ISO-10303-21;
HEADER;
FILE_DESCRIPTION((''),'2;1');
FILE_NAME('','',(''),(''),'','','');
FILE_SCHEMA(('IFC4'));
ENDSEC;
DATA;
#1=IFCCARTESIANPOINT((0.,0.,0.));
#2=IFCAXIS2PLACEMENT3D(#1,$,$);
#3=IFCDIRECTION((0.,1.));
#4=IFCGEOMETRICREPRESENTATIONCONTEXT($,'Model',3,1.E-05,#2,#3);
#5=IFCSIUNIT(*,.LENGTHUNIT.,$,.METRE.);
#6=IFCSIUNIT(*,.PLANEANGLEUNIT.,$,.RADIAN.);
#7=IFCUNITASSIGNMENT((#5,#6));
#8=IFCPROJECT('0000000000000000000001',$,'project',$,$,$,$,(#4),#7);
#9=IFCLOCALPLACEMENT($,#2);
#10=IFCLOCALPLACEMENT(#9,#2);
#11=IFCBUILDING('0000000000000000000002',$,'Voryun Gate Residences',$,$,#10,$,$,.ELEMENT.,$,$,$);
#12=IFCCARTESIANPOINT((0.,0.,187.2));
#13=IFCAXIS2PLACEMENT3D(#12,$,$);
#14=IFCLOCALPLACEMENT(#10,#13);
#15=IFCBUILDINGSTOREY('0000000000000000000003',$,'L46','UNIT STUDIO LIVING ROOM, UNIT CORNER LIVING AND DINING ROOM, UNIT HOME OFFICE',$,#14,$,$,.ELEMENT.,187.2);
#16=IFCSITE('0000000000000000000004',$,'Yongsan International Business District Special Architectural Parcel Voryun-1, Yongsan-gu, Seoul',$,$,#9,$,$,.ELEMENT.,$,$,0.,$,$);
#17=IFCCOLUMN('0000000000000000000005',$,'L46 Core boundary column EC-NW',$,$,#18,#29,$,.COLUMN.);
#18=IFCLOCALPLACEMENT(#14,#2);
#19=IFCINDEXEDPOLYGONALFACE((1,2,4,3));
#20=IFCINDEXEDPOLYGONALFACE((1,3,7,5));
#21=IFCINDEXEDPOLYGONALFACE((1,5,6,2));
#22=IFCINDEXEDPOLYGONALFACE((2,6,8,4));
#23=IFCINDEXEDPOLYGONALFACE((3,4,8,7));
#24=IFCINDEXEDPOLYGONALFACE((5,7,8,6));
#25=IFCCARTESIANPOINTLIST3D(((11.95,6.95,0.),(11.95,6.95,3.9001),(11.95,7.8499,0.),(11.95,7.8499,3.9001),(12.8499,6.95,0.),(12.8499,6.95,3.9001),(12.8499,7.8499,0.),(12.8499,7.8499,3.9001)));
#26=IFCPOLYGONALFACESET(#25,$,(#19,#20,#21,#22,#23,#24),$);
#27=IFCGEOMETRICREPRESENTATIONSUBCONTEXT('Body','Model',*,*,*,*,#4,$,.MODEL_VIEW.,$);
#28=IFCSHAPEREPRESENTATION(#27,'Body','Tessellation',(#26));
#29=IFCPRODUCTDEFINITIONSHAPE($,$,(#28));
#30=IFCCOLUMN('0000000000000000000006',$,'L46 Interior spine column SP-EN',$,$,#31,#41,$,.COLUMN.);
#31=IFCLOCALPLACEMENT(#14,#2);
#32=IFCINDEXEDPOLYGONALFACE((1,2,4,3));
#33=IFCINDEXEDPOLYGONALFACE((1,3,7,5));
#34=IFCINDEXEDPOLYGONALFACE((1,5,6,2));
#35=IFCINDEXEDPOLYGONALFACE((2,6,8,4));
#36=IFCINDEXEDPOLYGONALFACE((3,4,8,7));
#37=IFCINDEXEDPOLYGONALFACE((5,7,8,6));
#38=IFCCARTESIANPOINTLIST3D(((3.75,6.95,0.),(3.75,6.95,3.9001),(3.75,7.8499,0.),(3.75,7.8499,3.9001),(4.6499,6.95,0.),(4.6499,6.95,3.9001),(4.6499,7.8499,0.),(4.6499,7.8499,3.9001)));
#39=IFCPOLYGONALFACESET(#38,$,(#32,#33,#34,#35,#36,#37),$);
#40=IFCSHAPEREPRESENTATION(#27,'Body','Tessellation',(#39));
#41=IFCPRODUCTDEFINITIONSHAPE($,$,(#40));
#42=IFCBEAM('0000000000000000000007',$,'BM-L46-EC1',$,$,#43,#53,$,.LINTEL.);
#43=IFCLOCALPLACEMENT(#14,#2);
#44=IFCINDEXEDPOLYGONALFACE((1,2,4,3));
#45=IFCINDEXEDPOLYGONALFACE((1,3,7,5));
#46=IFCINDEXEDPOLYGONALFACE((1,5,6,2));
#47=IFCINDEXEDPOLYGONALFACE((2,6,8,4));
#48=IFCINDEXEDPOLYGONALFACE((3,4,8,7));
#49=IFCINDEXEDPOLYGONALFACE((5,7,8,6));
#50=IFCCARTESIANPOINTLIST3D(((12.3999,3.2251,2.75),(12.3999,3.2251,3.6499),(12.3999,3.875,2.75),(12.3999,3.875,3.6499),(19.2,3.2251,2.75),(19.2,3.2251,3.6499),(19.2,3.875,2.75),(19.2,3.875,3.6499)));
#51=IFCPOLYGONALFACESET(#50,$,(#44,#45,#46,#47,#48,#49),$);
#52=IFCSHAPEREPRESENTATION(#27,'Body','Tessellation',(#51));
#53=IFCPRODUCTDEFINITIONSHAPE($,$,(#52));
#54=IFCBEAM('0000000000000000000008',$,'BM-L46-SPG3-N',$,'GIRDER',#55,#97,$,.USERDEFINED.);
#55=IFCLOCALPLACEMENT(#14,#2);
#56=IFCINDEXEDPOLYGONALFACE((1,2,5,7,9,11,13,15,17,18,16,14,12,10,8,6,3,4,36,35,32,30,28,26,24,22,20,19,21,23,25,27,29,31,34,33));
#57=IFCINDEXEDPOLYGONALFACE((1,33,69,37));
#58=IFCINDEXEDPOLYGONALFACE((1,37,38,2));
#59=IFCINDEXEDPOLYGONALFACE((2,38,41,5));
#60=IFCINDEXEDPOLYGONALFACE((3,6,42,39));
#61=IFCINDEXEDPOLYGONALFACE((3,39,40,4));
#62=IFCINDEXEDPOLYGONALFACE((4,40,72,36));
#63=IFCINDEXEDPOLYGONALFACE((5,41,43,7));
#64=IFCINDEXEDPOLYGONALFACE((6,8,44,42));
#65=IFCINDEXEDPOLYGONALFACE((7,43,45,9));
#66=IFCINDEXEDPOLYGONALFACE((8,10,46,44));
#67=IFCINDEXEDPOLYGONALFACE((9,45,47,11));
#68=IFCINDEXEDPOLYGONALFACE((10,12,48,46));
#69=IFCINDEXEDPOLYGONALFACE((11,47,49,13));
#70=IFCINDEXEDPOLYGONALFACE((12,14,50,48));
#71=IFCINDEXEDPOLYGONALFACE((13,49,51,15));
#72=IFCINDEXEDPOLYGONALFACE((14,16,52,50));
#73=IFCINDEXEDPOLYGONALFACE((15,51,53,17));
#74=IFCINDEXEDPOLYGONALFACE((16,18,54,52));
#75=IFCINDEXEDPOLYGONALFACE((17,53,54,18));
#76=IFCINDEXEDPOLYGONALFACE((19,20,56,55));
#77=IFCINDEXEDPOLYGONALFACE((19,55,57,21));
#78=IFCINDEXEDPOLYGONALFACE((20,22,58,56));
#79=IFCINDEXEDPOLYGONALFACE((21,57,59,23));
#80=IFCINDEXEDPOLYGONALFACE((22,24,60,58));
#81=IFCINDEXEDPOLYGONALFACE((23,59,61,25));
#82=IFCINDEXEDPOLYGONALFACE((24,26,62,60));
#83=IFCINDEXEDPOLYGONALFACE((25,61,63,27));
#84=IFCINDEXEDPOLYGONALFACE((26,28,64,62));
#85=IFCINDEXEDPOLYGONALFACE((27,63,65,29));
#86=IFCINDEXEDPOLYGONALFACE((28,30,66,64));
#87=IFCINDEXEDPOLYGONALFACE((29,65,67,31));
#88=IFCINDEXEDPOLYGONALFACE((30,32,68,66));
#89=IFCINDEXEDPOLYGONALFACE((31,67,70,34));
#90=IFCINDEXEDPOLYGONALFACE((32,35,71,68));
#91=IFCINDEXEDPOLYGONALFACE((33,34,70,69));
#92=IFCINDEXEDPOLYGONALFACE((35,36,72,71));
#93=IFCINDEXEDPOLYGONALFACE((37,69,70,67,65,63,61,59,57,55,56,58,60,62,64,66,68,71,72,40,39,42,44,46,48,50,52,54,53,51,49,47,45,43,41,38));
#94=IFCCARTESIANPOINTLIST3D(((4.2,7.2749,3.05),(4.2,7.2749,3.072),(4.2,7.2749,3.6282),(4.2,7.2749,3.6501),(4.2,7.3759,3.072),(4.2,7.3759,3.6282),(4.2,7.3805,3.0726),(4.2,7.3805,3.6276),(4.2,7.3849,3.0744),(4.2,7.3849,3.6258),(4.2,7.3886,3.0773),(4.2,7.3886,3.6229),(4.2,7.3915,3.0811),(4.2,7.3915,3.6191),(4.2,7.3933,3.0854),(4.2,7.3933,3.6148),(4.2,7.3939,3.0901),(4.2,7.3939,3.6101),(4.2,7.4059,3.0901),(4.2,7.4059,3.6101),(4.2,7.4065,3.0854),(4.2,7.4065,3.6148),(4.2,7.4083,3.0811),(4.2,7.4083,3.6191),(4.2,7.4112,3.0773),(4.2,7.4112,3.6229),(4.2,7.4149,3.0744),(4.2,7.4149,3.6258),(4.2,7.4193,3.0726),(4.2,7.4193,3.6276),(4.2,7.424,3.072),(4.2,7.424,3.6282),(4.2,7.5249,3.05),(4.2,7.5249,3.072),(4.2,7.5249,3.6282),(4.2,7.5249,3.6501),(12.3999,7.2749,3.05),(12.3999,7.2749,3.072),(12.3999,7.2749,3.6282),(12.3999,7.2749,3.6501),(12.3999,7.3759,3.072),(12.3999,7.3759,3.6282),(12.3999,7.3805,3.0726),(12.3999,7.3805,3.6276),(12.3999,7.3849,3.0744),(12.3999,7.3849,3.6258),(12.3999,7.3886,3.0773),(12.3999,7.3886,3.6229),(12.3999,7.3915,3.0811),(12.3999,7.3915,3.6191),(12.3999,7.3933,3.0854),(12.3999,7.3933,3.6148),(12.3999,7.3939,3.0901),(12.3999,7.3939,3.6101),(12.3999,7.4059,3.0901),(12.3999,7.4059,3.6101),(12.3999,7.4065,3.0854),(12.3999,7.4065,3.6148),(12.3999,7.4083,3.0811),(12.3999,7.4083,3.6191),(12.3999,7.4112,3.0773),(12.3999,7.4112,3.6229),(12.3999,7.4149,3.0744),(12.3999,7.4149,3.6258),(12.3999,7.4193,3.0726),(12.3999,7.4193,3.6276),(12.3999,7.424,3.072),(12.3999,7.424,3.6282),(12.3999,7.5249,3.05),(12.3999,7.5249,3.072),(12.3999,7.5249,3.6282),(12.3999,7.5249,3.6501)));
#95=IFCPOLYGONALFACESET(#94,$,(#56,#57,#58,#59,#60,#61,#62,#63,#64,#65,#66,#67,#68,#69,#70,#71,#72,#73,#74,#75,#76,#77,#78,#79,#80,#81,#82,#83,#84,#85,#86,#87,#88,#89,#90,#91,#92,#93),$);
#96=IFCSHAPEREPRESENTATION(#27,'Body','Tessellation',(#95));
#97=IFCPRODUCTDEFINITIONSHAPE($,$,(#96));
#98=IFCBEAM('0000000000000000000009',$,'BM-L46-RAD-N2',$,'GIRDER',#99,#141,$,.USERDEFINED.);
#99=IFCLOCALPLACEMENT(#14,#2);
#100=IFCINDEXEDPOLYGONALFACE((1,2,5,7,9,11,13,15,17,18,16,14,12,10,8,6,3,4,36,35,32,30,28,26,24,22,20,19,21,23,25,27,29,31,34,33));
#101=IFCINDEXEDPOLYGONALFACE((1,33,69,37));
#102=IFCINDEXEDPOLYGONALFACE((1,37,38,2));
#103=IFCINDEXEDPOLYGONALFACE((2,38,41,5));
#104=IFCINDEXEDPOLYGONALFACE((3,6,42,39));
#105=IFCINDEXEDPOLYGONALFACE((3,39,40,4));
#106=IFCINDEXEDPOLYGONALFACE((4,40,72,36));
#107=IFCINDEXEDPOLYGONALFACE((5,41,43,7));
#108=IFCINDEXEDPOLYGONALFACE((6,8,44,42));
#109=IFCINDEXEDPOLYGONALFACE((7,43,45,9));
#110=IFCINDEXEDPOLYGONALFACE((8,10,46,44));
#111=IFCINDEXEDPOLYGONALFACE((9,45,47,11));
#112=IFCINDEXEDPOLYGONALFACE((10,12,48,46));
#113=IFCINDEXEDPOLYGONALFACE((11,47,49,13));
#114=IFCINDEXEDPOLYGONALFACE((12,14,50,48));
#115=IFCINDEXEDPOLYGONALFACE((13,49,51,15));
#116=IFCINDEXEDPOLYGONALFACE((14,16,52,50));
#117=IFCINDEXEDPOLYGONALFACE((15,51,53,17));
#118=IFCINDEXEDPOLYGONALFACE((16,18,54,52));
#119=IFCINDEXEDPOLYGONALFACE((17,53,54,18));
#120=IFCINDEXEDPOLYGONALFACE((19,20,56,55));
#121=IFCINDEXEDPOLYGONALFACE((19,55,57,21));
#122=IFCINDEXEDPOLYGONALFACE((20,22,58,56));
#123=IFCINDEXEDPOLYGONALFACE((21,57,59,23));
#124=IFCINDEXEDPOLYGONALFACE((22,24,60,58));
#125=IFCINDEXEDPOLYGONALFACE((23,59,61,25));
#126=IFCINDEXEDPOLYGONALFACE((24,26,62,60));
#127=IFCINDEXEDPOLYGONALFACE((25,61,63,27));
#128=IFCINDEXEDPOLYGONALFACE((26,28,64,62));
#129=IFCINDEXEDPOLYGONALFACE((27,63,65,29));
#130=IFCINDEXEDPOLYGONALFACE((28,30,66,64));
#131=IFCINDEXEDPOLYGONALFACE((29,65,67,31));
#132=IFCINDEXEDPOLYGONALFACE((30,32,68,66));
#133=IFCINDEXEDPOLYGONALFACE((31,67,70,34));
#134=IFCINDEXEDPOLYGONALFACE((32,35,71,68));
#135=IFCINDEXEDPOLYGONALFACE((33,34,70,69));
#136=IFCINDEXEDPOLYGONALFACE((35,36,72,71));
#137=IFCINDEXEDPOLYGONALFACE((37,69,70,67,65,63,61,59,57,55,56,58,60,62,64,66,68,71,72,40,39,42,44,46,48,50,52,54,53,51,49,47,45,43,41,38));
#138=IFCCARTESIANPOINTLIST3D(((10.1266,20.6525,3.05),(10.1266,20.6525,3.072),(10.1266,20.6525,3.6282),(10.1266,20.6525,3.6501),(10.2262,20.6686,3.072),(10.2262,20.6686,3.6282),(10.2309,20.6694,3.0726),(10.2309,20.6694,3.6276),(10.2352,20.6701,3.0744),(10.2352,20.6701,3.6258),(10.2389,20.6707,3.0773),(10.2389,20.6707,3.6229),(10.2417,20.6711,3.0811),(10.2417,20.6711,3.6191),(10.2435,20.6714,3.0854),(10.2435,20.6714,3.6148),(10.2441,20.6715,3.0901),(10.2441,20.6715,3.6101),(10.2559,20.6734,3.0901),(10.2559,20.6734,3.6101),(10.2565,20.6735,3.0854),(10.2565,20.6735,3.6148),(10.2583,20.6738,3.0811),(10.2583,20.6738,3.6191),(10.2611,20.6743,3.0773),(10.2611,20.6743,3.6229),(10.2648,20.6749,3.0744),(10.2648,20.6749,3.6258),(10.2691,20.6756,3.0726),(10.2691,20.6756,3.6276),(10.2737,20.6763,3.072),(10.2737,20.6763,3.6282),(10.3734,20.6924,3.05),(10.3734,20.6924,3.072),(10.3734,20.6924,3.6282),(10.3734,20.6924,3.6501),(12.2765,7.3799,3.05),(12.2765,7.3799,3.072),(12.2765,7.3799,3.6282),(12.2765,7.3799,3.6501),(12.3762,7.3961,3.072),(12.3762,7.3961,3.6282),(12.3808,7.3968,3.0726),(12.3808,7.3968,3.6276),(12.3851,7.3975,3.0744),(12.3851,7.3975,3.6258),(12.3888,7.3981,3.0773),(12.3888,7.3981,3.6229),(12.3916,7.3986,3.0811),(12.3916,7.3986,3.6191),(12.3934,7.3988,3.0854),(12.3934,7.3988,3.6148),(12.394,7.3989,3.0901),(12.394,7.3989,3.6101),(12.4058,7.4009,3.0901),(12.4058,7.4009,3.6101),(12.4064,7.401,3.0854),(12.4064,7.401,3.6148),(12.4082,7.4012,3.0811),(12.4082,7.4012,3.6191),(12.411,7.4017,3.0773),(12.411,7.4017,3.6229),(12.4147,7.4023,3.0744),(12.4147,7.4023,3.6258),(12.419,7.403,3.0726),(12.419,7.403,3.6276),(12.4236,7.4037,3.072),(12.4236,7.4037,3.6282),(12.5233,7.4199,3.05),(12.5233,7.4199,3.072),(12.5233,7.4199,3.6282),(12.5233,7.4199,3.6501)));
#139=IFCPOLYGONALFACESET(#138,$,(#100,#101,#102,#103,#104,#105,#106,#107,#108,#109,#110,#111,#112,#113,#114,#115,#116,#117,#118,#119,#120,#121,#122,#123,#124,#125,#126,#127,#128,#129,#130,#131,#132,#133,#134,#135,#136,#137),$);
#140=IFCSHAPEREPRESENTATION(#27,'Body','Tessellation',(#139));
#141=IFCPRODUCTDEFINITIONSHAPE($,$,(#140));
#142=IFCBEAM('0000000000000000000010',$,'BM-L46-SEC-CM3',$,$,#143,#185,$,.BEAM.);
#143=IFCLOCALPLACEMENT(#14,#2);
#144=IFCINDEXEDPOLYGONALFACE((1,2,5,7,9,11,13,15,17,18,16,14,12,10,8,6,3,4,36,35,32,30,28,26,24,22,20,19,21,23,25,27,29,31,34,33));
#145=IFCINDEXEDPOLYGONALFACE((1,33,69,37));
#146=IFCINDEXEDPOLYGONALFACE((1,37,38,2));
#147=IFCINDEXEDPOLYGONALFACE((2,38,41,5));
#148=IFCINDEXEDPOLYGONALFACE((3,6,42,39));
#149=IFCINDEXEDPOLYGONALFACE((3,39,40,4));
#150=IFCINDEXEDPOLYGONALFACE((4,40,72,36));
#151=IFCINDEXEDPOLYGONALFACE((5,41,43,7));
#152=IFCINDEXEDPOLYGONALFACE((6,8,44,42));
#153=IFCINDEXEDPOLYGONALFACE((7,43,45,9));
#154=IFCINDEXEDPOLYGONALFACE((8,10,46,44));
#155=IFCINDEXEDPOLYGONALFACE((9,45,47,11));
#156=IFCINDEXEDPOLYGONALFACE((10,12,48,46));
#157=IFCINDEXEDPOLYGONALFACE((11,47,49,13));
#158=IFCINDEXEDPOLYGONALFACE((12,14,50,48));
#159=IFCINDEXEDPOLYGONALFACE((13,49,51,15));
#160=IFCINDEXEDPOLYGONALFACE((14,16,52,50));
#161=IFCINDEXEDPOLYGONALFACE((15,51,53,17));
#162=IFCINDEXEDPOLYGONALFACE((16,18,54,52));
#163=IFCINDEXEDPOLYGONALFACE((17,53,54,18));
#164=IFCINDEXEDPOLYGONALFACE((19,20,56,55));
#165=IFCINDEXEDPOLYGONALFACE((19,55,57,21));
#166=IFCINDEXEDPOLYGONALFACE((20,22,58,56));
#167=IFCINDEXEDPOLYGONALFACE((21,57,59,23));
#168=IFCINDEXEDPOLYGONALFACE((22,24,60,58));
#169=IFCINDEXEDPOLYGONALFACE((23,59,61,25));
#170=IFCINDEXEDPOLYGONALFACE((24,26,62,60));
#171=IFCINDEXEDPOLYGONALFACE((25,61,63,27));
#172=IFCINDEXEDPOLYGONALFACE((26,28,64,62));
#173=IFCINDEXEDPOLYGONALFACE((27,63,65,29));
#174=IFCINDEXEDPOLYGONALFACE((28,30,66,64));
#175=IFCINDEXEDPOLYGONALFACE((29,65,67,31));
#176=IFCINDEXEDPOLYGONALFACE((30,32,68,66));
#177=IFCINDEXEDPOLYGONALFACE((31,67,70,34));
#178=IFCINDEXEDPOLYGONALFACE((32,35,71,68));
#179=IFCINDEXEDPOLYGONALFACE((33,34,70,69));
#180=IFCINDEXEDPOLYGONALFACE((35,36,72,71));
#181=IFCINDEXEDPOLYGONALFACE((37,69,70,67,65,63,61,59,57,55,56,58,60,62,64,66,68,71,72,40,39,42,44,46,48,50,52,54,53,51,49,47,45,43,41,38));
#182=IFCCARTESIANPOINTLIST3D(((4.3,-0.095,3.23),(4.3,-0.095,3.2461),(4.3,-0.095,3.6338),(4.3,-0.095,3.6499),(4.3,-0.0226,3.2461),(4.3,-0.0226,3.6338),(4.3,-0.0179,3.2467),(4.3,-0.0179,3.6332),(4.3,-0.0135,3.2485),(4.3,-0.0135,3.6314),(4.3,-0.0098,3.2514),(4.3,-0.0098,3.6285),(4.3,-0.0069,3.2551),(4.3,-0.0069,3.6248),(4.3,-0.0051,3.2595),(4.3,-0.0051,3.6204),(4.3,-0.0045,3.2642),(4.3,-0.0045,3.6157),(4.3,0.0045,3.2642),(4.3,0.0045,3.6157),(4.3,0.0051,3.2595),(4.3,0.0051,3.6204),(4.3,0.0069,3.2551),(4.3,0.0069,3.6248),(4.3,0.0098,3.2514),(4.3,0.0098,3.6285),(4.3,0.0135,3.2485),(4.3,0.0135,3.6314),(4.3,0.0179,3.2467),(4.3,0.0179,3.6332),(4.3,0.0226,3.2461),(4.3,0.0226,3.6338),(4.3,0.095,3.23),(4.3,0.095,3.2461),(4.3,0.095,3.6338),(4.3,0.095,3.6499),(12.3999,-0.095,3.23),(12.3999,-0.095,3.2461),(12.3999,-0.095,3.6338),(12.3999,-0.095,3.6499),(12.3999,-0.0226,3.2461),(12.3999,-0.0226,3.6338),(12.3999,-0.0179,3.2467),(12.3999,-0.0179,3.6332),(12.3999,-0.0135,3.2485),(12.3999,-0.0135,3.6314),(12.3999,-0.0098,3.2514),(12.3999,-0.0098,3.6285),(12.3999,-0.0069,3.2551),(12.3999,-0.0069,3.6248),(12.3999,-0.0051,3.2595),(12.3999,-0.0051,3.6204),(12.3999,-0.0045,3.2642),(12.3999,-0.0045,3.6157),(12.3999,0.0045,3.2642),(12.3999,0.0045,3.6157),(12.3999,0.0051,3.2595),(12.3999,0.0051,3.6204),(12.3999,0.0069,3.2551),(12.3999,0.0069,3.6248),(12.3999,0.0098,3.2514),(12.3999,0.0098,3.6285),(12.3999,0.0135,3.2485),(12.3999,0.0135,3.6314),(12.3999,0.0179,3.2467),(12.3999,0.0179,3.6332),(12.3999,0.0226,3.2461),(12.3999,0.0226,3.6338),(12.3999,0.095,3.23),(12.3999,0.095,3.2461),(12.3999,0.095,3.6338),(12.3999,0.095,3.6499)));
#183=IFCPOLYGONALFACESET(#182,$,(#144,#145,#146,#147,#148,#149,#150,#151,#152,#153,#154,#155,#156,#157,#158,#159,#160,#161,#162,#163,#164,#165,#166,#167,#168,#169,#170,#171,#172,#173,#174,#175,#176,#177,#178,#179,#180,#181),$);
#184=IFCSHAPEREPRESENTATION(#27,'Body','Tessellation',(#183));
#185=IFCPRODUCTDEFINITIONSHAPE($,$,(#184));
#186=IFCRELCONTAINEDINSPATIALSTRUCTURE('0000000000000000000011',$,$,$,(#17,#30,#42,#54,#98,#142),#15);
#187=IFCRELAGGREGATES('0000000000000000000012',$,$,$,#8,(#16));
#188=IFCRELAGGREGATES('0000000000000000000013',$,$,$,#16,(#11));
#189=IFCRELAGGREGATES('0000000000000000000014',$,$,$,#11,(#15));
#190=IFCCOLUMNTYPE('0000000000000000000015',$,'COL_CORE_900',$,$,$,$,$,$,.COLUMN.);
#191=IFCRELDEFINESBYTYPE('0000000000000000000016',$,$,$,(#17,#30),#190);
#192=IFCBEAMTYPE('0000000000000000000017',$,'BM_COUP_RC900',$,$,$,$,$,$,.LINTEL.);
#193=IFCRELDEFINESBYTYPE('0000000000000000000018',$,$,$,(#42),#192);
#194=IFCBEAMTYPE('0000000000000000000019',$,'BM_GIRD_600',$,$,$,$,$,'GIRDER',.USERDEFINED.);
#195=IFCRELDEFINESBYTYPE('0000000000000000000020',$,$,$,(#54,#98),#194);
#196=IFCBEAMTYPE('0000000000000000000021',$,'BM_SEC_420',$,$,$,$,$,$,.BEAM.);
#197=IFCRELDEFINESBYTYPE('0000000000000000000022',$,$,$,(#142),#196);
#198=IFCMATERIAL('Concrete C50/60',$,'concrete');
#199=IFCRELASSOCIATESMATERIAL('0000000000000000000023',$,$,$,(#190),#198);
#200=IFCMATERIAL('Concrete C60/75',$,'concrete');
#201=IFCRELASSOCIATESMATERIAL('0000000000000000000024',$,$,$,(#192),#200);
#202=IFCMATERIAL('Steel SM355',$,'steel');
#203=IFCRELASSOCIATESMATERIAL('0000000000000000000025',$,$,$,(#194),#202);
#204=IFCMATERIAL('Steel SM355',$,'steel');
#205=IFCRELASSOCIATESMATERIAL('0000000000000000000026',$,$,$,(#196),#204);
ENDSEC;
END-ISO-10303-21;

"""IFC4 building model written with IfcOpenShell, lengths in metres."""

from ifc_helpers import new_model, si_unit, direction, frame, origin, origin_2d, place, context, subcontext, project, spatial, rectangle, i_section, extrude, material, material_profile, profile_set, type_object, element, save


model = new_model("IFC4")

# Units and contexts
model_context = context("Model", 3, precision=1e-05, world=origin(), true_north=direction((0.0, 1.0)))
body_context = subcontext(model_context, "Body", "Model", "MODEL_VIEW")
ifc_project = project(units=[si_unit("LENGTHUNIT", "METRE"), si_unit("PLANEANGLEUNIT", "RADIAN")], contexts=[model_context])

# Site, building, storey
site_placement = place(None, origin())
site = spatial("IfcSite", under=ifc_project, at=site_placement, Name="Yongsan International Business District Special Architectural Parcel Voryun-1, Yongsan-gu, Seoul", CompositionType="ELEMENT", RefElevation=0.0)
building_placement = place(site_placement, origin())
building = spatial("IfcBuilding", under=site, at=building_placement, Name="Voryun Gate Residences", CompositionType="ELEMENT")
storey_placement = place(building_placement, frame((0.0, 0.0, 187.2)))
storey = spatial("IfcBuildingStorey", under=building, at=storey_placement, Name="L46", Description="UNIT STUDIO LIVING ROOM, UNIT CORNER LIVING AND DINING ROOM, UNIT HOME OFFICE", CompositionType="ELEMENT", Elevation=187.2)

# Columns
ifc_material_1 = material(Name="Concrete C50/60", Category="concrete")
ifc_material_profile_1 = material_profile(ifc_material_1, rectangle(XDim=0.8999, YDim=0.8999, at=origin_2d()), Name="RC-900x900")
ifc_profile_set_1 = profile_set([ifc_material_profile_1], Name="Concrete C50/60")
column_type = type_object("IfcColumnType", Name="COL_CORE_900", PredefinedType="COLUMN", material=ifc_profile_set_1)
for number, where, z_axis, x_axis, name in (
    (1, (12.3999, 7.3999, 0.0), (0.0, 0.0, 1.0), (1.0, 0.0, 0.0), "L46 Core boundary column EC-NW"),
    (2, (4.2, 7.3999, 0.0), (0.0, 0.0, 1.0), (1.0, 0.0, 0.0), "L46 Interior spine column SP-EN"),
):
    element("IfcColumn", number, at=place(storey_placement, frame(where, z_axis=z_axis, x_axis=x_axis)), inside=storey, type_object=column_type, Name=name, PredefinedType="COLUMN", context=body_context, shape_type="SweptSolid", body=[
        extrude(rectangle(XDim=0.8999, YDim=0.8999, at=origin_2d()), origin(), (0.0, 0.0, 1.0), 3.9001),
    ])

# Beams
ifc_material_2 = material(Name="Concrete C60/75", Category="concrete")
ifc_material_profile_2 = material_profile(ifc_material_2, rectangle(XDim=0.6499, YDim=0.8999, at=origin_2d()), Name="RC-650x900")
ifc_profile_set_2 = profile_set([ifc_material_profile_2], Name="Concrete C60/75")
beam_type_1 = type_object("IfcBeamType", Name="BM_COUP_RC900", PredefinedType="LINTEL", material=ifc_profile_set_2)
beam_1_placement = place(storey_placement, frame((12.3999, 3.55, 3.2), z_axis=(1.0, 0.0, 0.0), x_axis=(0.0, 1.0, 0.0)))
element("IfcBeam", 3, at=beam_1_placement, inside=storey, type_object=beam_type_1, Name="BM-L46-EC1", PredefinedType="LINTEL", context=body_context, shape_type="SweptSolid", body=[
    extrude(rectangle(XDim=0.6499, YDim=0.8999, at=origin_2d()), origin(), (0.0, 0.0, 1.0), 6.8),
])
ifc_material_3 = material(Name="Steel SM355", Category="steel")
ifc_material_profile_3 = material_profile(ifc_material_3, i_section(OverallWidth=0.25, OverallDepth=0.6001, WebThickness=0.012, FlangeThickness=0.022, FilletRadius=0.0181, at=origin_2d()), Name="H-600x250x12x22")
ifc_profile_set_3 = profile_set([ifc_material_profile_3], Name="Steel SM355")
beam_type_2 = type_object("IfcBeamType", Name="BM_GIRD_600", ElementType="GIRDER", PredefinedType="USERDEFINED", material=ifc_profile_set_3)
beam_2_placement = place(storey_placement, frame((4.2, 7.3999, 3.3501), z_axis=(1.0, 0.0, 0.0), x_axis=(0.0, 1.0, 0.0)))
element("IfcBeam", 4, at=beam_2_placement, inside=storey, type_object=beam_type_2, Name="BM-L46-SPG3-N", ObjectType="GIRDER", PredefinedType="USERDEFINED", context=body_context, shape_type="SweptSolid", body=[
    extrude(i_section(OverallWidth=0.25, OverallDepth=0.6001, WebThickness=0.012, FlangeThickness=0.022, FilletRadius=0.0181, at=origin_2d()), origin(), (0.0, 0.0, 1.0), 8.2),
])
beam_3_placement = place(storey_placement, frame((12.3999, 7.3999, 3.3501), z_axis=(-0.159898, 0.987134, 0.0), x_axis=(-0.987134, -0.159898, 0.0)))
element("IfcBeam", 5, at=beam_3_placement, inside=storey, type_object=beam_type_2, Name="BM-L46-RAD-N2", ObjectType="GIRDER", PredefinedType="USERDEFINED", context=body_context, shape_type="SweptSolid", body=[
    extrude(i_section(OverallWidth=0.25, OverallDepth=0.6001, WebThickness=0.012, FlangeThickness=0.022, FilletRadius=0.0181, at=origin_2d()), origin(), (0.0, 0.0, 1.0), 13.4456),
])
ifc_material_4 = material(Name="Steel SM355", Category="steel")
ifc_material_profile_4 = material_profile(ifc_material_4, i_section(OverallWidth=0.1899, OverallDepth=0.4199, WebThickness=0.009, FlangeThickness=0.0161, FilletRadius=0.0181, at=origin_2d()), Name="H-420x190x9x16")
ifc_profile_set_4 = profile_set([ifc_material_profile_4], Name="Steel SM355")
beam_type_3 = type_object("IfcBeamType", Name="BM_SEC_420", PredefinedType="BEAM", material=ifc_profile_set_4)
for number, where, z_axis, x_axis, name in (
    (6, (4.3, 0.0, 3.4399), (1.0, 0.0, 0.0), (0.0, 1.0, 0.0), "BM-L46-SEC-CM3"),
):
    element("IfcBeam", number, at=place(storey_placement, frame(where, z_axis=z_axis, x_axis=x_axis)), inside=storey, type_object=beam_type_3, Name=name, PredefinedType="BEAM", context=body_context, shape_type="SweptSolid", body=[
        extrude(i_section(OverallWidth=0.1899, OverallDepth=0.4199, WebThickness=0.009, FlangeThickness=0.0161, FilletRadius=0.0181, at=origin_2d()), origin(), (0.0, 0.0, 1.0), 8.0999),
    ])

save(model, "model.ifc")
